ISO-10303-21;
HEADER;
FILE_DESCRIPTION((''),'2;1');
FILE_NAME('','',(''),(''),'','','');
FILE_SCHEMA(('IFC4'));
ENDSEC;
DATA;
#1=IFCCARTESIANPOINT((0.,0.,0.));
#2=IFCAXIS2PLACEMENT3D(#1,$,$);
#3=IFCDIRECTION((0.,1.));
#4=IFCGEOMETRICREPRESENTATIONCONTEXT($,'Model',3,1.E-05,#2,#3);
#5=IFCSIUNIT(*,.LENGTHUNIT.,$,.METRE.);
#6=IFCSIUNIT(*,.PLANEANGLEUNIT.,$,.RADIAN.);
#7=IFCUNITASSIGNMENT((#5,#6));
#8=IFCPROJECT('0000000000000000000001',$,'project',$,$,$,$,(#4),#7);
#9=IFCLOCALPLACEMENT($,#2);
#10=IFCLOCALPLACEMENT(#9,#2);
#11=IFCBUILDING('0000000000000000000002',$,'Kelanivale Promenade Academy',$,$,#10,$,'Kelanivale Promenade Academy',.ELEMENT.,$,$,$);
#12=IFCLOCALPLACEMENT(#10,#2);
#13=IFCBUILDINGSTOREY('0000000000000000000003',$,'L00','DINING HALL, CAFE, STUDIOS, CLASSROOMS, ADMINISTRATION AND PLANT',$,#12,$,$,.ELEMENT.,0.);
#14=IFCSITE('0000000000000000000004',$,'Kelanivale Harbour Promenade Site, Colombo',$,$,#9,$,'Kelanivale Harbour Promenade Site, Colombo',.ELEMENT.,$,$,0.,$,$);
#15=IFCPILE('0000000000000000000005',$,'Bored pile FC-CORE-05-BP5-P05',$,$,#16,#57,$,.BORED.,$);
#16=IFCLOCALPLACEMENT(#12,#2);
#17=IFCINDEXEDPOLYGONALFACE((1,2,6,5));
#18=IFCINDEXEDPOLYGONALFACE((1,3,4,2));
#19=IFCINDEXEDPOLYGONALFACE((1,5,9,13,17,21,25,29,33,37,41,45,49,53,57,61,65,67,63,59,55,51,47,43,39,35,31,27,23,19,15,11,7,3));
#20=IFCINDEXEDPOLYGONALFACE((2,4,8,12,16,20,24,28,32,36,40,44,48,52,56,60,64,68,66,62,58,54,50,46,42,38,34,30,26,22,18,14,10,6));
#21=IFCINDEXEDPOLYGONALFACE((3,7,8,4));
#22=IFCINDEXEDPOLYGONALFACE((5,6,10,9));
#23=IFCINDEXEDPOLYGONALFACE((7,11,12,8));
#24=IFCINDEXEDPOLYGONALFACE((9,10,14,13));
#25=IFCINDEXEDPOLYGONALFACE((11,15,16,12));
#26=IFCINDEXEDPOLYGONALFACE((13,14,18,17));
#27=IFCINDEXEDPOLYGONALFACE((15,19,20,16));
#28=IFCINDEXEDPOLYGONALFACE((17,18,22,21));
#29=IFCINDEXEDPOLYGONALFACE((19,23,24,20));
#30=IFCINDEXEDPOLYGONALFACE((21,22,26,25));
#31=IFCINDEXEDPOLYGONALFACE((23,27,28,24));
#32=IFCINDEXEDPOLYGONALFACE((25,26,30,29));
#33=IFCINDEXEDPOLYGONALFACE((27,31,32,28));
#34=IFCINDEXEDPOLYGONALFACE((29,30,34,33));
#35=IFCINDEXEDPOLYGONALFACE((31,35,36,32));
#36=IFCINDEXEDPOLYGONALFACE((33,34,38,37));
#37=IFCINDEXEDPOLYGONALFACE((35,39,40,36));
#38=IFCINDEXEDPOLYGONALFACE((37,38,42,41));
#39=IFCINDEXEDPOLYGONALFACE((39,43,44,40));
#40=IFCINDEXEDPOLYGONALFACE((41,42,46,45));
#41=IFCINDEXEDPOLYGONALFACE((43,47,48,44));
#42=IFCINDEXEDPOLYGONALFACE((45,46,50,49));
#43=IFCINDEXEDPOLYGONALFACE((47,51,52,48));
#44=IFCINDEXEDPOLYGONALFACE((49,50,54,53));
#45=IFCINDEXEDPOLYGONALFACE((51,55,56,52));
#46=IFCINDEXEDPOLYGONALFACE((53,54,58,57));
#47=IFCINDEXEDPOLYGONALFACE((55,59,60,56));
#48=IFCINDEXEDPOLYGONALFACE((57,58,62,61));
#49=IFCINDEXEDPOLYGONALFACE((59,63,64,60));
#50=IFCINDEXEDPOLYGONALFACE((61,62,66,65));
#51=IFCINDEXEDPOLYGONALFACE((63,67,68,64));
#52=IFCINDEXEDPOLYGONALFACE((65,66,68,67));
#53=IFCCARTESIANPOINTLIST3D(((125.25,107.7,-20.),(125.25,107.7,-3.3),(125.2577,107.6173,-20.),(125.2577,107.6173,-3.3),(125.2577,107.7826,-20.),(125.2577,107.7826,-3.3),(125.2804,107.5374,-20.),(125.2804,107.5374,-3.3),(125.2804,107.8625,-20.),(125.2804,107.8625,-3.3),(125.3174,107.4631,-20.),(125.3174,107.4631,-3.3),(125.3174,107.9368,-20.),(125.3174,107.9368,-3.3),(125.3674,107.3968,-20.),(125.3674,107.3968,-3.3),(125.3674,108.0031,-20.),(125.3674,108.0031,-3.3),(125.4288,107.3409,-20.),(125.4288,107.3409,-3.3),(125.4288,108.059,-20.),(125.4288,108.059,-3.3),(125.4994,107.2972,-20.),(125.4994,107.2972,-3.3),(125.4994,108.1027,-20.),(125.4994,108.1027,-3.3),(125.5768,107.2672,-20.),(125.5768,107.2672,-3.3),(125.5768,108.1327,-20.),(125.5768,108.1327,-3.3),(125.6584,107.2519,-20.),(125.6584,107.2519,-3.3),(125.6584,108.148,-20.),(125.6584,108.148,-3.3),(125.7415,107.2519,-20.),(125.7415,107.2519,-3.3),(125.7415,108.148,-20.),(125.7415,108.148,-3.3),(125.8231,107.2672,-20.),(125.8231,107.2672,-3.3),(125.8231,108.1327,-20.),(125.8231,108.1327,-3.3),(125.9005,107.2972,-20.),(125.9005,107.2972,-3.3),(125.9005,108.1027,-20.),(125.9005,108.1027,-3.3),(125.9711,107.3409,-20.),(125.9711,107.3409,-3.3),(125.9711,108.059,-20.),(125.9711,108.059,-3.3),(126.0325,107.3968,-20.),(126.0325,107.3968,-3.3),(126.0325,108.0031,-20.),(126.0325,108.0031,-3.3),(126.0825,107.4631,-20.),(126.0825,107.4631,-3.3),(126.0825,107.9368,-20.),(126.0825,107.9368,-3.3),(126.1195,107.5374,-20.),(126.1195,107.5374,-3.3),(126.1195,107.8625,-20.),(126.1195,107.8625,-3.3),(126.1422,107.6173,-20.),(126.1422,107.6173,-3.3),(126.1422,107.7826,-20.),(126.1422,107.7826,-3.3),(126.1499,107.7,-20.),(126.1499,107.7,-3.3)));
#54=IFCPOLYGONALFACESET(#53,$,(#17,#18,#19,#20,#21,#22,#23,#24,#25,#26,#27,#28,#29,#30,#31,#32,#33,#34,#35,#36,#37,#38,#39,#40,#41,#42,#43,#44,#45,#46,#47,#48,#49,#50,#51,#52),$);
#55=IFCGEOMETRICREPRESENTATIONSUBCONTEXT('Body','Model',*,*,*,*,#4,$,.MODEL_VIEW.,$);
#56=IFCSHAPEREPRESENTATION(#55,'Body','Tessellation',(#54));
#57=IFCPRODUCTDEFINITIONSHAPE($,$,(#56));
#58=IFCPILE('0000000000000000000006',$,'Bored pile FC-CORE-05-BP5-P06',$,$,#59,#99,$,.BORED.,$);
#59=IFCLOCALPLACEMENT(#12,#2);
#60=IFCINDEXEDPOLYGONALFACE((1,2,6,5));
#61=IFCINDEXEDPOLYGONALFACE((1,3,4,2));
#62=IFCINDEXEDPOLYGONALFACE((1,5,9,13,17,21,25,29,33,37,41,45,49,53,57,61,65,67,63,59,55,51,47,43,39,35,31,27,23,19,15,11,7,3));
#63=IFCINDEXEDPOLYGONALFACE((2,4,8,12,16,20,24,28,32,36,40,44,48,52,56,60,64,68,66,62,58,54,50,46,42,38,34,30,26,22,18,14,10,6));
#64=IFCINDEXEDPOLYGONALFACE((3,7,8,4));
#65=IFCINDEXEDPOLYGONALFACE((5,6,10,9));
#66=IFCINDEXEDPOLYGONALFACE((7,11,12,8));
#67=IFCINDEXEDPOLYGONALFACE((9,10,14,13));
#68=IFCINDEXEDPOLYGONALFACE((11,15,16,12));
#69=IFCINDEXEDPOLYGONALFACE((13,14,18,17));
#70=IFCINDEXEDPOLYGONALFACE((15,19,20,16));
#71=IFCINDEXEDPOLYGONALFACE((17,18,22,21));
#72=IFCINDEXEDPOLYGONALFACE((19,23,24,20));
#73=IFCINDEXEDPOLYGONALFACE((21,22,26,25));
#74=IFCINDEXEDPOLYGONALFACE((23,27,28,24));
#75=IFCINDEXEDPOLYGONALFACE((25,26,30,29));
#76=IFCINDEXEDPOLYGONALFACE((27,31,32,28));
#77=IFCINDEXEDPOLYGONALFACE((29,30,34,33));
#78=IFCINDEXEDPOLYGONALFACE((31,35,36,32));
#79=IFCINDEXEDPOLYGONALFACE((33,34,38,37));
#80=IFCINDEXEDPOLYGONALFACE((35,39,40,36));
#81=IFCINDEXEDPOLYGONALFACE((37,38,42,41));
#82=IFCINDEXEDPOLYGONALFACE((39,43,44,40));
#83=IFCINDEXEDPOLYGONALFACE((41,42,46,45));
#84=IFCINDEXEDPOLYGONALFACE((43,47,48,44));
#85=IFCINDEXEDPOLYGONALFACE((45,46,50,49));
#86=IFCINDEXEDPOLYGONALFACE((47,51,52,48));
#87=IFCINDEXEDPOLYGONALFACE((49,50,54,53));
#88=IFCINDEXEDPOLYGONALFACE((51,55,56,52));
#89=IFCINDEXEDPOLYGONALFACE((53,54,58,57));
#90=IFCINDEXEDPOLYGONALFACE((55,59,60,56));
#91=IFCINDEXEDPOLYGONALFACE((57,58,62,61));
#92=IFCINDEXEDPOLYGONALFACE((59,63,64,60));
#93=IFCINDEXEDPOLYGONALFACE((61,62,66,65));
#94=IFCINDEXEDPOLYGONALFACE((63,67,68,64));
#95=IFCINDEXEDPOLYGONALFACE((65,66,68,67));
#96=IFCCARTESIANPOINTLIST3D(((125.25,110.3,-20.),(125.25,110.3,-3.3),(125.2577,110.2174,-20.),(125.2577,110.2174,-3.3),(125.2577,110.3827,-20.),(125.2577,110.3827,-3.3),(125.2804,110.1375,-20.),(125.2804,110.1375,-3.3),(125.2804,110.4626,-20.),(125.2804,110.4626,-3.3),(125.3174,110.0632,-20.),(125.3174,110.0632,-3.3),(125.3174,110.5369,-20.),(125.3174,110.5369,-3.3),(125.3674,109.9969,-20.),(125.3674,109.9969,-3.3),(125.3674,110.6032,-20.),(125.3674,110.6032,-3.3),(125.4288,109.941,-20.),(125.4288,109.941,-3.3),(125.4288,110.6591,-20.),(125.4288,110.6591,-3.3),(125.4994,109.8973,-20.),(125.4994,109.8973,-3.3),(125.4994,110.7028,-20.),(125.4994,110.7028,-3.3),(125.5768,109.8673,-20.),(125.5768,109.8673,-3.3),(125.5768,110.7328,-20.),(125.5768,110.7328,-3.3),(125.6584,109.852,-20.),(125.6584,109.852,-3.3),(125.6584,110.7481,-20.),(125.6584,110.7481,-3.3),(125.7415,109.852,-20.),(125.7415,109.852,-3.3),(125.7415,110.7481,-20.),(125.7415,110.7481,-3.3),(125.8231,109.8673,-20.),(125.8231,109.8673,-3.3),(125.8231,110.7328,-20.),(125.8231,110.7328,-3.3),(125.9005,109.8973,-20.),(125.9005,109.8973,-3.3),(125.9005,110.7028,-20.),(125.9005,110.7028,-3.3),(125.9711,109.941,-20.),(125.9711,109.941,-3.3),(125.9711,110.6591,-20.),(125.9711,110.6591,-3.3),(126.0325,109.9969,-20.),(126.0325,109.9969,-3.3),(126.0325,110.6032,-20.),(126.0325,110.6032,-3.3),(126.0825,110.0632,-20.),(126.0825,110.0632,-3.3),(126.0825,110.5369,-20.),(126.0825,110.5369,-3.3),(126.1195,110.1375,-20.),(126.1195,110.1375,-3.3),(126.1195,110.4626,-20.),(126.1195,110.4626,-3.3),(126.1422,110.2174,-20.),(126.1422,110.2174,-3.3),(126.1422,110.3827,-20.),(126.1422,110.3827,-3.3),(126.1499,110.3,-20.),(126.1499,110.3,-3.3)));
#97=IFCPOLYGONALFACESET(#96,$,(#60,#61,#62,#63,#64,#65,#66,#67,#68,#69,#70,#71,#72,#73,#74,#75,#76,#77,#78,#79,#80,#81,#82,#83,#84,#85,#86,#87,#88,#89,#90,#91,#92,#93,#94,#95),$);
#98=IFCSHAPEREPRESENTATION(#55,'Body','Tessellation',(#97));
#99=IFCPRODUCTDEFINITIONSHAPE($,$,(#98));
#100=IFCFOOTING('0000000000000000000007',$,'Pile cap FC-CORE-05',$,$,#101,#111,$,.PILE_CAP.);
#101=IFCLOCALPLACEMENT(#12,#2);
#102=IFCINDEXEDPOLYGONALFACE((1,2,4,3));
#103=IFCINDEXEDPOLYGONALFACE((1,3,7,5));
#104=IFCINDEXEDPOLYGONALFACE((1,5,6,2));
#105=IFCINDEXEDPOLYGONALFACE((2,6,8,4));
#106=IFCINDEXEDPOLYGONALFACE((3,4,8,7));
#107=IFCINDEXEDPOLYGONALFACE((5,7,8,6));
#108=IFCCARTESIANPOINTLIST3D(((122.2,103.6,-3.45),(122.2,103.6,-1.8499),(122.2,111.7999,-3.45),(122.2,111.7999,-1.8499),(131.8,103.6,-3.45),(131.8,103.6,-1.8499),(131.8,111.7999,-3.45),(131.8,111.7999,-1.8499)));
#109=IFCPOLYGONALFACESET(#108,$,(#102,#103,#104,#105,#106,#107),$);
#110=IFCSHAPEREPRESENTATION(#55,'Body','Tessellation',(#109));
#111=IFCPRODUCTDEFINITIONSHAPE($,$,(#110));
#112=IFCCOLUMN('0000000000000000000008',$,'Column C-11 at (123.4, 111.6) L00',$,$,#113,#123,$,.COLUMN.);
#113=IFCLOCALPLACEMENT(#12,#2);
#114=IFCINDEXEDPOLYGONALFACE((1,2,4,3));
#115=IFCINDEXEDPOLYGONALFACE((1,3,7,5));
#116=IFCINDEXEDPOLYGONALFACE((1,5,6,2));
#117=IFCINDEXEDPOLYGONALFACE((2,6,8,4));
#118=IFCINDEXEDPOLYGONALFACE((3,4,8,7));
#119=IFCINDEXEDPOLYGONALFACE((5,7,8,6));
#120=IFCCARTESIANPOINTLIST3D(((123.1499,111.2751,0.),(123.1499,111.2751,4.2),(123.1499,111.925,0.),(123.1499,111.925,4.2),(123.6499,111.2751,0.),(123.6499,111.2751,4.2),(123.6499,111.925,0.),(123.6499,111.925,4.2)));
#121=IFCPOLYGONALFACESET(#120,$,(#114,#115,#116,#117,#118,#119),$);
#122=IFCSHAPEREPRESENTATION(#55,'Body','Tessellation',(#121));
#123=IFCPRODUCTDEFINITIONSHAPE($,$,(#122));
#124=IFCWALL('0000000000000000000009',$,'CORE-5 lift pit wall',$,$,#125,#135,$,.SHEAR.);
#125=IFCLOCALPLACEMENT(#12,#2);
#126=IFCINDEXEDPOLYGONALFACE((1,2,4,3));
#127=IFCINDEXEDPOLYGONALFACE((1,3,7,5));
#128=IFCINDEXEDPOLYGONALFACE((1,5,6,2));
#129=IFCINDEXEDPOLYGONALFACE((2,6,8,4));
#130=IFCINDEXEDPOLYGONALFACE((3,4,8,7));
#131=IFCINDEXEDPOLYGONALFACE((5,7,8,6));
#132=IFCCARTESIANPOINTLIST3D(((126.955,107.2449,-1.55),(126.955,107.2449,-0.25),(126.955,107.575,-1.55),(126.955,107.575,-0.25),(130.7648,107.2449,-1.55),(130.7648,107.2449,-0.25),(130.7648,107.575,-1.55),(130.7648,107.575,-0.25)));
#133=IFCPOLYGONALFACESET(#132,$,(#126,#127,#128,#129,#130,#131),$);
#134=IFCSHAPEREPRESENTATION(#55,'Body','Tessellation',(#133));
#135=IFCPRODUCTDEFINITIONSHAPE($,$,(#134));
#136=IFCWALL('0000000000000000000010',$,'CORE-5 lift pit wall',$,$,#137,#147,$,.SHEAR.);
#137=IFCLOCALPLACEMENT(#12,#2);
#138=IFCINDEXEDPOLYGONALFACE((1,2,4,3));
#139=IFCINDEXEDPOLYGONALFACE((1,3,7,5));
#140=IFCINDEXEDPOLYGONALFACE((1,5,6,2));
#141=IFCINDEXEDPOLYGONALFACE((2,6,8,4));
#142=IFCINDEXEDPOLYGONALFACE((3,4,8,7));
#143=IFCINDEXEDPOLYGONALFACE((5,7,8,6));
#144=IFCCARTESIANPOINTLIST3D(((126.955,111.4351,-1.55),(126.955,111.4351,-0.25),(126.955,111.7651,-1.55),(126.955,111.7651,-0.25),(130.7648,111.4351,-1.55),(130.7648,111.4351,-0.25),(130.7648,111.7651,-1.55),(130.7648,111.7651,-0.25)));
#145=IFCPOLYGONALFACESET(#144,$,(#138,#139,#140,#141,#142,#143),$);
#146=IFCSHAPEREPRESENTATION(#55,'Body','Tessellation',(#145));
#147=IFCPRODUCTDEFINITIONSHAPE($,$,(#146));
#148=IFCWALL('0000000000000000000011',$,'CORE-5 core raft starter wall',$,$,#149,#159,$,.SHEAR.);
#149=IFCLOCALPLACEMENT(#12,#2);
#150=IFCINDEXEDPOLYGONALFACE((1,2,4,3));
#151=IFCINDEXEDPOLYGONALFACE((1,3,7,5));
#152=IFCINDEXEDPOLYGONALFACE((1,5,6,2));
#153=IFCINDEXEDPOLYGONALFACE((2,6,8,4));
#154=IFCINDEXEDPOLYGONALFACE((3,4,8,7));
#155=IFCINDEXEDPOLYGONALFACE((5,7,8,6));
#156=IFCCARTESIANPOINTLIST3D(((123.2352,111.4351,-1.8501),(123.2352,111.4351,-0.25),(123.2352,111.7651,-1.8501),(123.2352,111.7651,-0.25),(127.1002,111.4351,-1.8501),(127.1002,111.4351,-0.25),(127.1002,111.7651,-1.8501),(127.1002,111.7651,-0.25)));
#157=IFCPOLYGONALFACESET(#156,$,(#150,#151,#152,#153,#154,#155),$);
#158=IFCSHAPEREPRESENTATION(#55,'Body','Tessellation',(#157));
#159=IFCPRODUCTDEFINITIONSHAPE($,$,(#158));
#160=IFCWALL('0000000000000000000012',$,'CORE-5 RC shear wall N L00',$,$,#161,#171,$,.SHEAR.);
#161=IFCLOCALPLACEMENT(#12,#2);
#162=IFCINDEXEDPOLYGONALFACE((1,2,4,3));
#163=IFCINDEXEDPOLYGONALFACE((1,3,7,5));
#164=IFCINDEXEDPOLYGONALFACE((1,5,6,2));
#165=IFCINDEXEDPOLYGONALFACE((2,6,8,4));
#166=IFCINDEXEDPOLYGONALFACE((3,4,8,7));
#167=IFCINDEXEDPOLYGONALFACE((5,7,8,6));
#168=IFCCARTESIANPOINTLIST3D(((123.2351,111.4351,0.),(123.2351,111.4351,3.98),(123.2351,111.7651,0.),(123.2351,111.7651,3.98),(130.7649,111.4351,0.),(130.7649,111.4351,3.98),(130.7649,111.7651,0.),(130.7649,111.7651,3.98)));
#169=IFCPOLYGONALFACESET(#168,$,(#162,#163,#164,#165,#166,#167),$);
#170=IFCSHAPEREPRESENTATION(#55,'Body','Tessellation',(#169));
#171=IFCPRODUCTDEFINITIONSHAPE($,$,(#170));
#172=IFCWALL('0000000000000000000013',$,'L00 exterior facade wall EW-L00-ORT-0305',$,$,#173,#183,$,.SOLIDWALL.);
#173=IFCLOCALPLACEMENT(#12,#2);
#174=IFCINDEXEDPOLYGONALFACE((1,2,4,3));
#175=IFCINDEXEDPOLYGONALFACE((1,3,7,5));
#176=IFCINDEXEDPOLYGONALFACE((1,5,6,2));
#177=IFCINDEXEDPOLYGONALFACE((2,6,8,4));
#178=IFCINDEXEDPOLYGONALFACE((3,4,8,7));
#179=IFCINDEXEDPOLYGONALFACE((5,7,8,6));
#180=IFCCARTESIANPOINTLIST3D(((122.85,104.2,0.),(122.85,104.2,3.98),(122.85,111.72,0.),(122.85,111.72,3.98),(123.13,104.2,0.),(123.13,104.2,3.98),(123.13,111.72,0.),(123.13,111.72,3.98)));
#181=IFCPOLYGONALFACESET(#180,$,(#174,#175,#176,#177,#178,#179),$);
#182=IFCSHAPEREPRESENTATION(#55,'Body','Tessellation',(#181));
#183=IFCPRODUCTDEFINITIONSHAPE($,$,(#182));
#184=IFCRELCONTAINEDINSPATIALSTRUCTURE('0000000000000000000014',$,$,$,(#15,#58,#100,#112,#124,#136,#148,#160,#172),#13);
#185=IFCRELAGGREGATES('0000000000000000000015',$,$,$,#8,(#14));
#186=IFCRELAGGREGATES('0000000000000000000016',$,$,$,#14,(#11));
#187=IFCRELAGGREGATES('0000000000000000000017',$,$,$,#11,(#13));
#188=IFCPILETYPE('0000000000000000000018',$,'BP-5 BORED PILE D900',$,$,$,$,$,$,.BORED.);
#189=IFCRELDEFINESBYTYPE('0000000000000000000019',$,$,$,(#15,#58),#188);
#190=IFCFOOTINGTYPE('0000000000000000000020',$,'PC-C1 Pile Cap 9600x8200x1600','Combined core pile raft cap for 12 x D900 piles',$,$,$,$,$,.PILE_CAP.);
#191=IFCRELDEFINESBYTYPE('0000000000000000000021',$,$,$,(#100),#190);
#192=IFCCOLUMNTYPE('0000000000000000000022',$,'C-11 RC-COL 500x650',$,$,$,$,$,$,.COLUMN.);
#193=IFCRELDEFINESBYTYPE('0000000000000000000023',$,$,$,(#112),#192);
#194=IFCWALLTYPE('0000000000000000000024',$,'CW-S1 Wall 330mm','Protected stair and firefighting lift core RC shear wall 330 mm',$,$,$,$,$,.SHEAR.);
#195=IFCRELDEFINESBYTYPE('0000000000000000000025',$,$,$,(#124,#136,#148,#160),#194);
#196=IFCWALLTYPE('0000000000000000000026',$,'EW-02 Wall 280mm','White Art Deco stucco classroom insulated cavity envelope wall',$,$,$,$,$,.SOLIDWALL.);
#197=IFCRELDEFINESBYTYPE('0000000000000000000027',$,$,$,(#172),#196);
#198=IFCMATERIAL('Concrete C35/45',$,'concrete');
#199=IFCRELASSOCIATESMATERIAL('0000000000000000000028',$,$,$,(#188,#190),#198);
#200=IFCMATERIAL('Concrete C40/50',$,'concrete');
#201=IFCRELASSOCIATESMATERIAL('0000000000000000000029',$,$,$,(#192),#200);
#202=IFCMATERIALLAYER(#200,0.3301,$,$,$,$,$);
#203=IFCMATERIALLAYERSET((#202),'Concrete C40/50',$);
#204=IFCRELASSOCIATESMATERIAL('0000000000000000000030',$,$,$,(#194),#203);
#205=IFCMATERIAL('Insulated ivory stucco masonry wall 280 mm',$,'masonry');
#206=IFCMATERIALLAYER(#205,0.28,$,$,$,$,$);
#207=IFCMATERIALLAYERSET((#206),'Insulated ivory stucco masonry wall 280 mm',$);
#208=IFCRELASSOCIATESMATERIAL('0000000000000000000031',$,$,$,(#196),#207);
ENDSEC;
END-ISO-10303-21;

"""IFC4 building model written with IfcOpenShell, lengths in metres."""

from ifc_helpers import new_model, si_unit, direction, frame, frame_2d, origin, origin_2d, place, context, subcontext, project, spatial, rectangle, circle, extrude, material, layer, layer_set, material_profile, profile_set, type_object, element, save


model = new_model("IFC4")

# Units and contexts
model_context = context("Model", 3, precision=1e-05, world=origin(), true_north=direction((0.0, 1.0)))
body_context = subcontext(model_context, "Body", "Model", "MODEL_VIEW")
ifc_project = project(units=[si_unit("LENGTHUNIT", "METRE"), si_unit("PLANEANGLEUNIT", "RADIAN")], contexts=[model_context])

# Site, building, storey
site_placement = place(None, origin())
site = spatial("IfcSite", under=ifc_project, at=site_placement, Name="Kelanivale Harbour Promenade Site, Colombo", LongName="Kelanivale Harbour Promenade Site, Colombo", CompositionType="ELEMENT", RefElevation=0.0)
building_placement = place(site_placement, origin())
building = spatial("IfcBuilding", under=site, at=building_placement, Name="Kelanivale Promenade Academy", LongName="Kelanivale Promenade Academy", CompositionType="ELEMENT")
storey_placement = place(building_placement, origin())
storey = spatial("IfcBuildingStorey", under=building, at=storey_placement, Name="L00", Description="DINING HALL, CAFE, STUDIOS, CLASSROOMS, ADMINISTRATION AND PLANT", CompositionType="ELEMENT", Elevation=0.0)

# Piles
ifc_material_1 = material(Name="Concrete C35/45", Category="concrete")
ifc_material_profile_1 = material_profile(ifc_material_1, circle(Radius=0.45, at=origin_2d()), Name="BORED PILE D900")
ifc_profile_set_1 = profile_set([ifc_material_profile_1], Name="Concrete C35/45")
pile_type = type_object("IfcPileType", Name="BP-5 BORED PILE D900", PredefinedType="BORED", material=ifc_profile_set_1)
for number, where, z_axis, x_axis, name in (
    (1, (125.7, 107.7, -3.3), (0.0, 0.0, -1.0), (1.0, 0.0, 0.0), "Bored pile FC-CORE-05-BP5-P05"),
    (2, (125.7, 110.3, -3.3), (0.0, 0.0, -1.0), (1.0, 0.0, 0.0), "Bored pile FC-CORE-05-BP5-P06"),
):
    element("IfcPile", number, at=place(storey_placement, frame(where, z_axis=z_axis, x_axis=x_axis)), inside=storey, type_object=pile_type, Name=name, PredefinedType="BORED", context=body_context, shape_type="SweptSolid", body=[
        extrude(circle(Radius=0.45, at=origin_2d()), origin(), (0.0, 0.0, 1.0), 16.7),
    ])

# Footing
footing_type = type_object("IfcFootingType", Name="PC-C1 Pile Cap 9600x8200x1600", Description="Combined core pile raft cap for 12 x D900 piles", PredefinedType="PILE_CAP", material=ifc_material_1)
footing_placement = place(storey_placement, frame((127.0, 107.7, -3.45), z_axis=(0.0, 0.0, 1.0), x_axis=(1.0, 0.0, 0.0)))
element("IfcFooting", 3, at=footing_placement, inside=storey, type_object=footing_type, Name="Pile cap FC-CORE-05", PredefinedType="PILE_CAP", context=body_context, shape_type="SweptSolid", body=[
    extrude(rectangle(XDim=9.6001, YDim=8.2, at=origin_2d()), origin(), (0.0, 0.0, 1.0), 1.6001),
])

# Column
ifc_material_2 = material(Name="Concrete C40/50", Category="concrete")
ifc_material_profile_2 = material_profile(ifc_material_2, rectangle(XDim=0.5, YDim=0.6499, at=origin_2d()), Name="RC-COL 500x650")
ifc_profile_set_2 = profile_set([ifc_material_profile_2], Name="Concrete C40/50")
column_type = type_object("IfcColumnType", Name="C-11 RC-COL 500x650", PredefinedType="COLUMN", material=ifc_profile_set_2)
column_placement = place(storey_placement, frame((123.3999, 111.6001, 0.0), z_axis=(0.0, 0.0, 1.0), x_axis=(1.0, 0.0, 0.0)))
element("IfcColumn", 4, at=column_placement, inside=storey, type_object=column_type, Name="Column C-11 at (123.4, 111.6) L00", PredefinedType="COLUMN", context=body_context, shape_type="SweptSolid", body=[
    extrude(rectangle(XDim=0.5, YDim=0.6499, at=origin_2d()), origin(), (0.0, 0.0, 1.0), 4.2),
])

# Walls
ifc_layer_1 = layer(ifc_material_2, 0.3301)
ifc_layer_set_1 = layer_set([ifc_layer_1], Name="Concrete C40/50")
wall_type_1 = type_object("IfcWallType", Name="CW-S1 Wall 330mm", Description="Protected stair and firefighting lift core RC shear wall 330 mm", PredefinedType="SHEAR", material=ifc_layer_set_1)
for number, where, z_axis, x_axis, name in (
    (5, (126.9551, 107.4099, -1.55), (0.0, 0.0, 1.0), (1.0, 0.0, 0.0), "CORE-5 lift pit wall"),
    (6, (126.9551, 111.6001, -1.55), (0.0, 0.0, 1.0), (1.0, 0.0, 0.0), "CORE-5 lift pit wall"),
):
    element("IfcWall", number, at=place(storey_placement, frame(where, z_axis=z_axis, x_axis=x_axis)), inside=storey, type_object=wall_type_1, Name=name, PredefinedType="SHEAR", context=body_context, shape_type="SweptSolid", body=[
        extrude(rectangle(XDim=3.8098, YDim=0.3301, at=frame_2d((1.9048, 0.0))), origin(), (0.0, 0.0, 1.0), 1.3),
    ])
wall_1_placement = place(storey_placement, frame((123.2351, 111.6001, -1.8501), z_axis=(0.0, 0.0, 1.0), x_axis=(1.0, 0.0, 0.0)))
element("IfcWall", 7, at=wall_1_placement, inside=storey, type_object=wall_type_1, Name="CORE-5 core raft starter wall", PredefinedType="SHEAR", context=body_context, shape_type="SweptSolid", body=[
    extrude(rectangle(XDim=3.865, YDim=0.3301, at=frame_2d((1.9326, 0.0))), origin(), (0.0, 0.0, 1.0), 1.6001),
])
wall_2_placement = place(storey_placement, frame((123.2351, 111.6001, 0.0), z_axis=(0.0, 0.0, 1.0), x_axis=(1.0, 0.0, 0.0)))
element("IfcWall", 8, at=wall_2_placement, inside=storey, type_object=wall_type_1, Name="CORE-5 RC shear wall N L00", PredefinedType="SHEAR", context=body_context, shape_type="SweptSolid", body=[
    extrude(rectangle(XDim=7.5298, YDim=0.3301, at=frame_2d((3.7649, 0.0))), origin(), (0.0, 0.0, 1.0), 3.98),
])
ifc_material_3 = material(Name="Insulated ivory stucco masonry wall 280 mm", Category="masonry")
ifc_layer_2 = layer(ifc_material_3, 0.28)
ifc_layer_set_2 = layer_set([ifc_layer_2], Name="Insulated ivory stucco masonry wall 280 mm")
wall_type_2 = type_object("IfcWallType", Name="EW-02 Wall 280mm", Description="White Art Deco stucco classroom insulated cavity envelope wall", PredefinedType="SOLIDWALL", material=ifc_layer_set_2)
wall_3_placement = place(storey_placement, frame((122.99, 111.72, 0.0), z_axis=(0.0, 0.0, 1.0), x_axis=(0.0, -1.0, 0.0)))
element("IfcWall", 9, at=wall_3_placement, inside=storey, type_object=wall_type_2, Name="L00 exterior facade wall EW-L00-ORT-0305", PredefinedType="SOLIDWALL", context=body_context, shape_type="SweptSolid", body=[
    extrude(rectangle(XDim=7.52, YDim=0.28, at=frame_2d((3.76, 0.0))), origin(), (0.0, 0.0, 1.0), 3.98),
])

save(model, "model.ifc")
